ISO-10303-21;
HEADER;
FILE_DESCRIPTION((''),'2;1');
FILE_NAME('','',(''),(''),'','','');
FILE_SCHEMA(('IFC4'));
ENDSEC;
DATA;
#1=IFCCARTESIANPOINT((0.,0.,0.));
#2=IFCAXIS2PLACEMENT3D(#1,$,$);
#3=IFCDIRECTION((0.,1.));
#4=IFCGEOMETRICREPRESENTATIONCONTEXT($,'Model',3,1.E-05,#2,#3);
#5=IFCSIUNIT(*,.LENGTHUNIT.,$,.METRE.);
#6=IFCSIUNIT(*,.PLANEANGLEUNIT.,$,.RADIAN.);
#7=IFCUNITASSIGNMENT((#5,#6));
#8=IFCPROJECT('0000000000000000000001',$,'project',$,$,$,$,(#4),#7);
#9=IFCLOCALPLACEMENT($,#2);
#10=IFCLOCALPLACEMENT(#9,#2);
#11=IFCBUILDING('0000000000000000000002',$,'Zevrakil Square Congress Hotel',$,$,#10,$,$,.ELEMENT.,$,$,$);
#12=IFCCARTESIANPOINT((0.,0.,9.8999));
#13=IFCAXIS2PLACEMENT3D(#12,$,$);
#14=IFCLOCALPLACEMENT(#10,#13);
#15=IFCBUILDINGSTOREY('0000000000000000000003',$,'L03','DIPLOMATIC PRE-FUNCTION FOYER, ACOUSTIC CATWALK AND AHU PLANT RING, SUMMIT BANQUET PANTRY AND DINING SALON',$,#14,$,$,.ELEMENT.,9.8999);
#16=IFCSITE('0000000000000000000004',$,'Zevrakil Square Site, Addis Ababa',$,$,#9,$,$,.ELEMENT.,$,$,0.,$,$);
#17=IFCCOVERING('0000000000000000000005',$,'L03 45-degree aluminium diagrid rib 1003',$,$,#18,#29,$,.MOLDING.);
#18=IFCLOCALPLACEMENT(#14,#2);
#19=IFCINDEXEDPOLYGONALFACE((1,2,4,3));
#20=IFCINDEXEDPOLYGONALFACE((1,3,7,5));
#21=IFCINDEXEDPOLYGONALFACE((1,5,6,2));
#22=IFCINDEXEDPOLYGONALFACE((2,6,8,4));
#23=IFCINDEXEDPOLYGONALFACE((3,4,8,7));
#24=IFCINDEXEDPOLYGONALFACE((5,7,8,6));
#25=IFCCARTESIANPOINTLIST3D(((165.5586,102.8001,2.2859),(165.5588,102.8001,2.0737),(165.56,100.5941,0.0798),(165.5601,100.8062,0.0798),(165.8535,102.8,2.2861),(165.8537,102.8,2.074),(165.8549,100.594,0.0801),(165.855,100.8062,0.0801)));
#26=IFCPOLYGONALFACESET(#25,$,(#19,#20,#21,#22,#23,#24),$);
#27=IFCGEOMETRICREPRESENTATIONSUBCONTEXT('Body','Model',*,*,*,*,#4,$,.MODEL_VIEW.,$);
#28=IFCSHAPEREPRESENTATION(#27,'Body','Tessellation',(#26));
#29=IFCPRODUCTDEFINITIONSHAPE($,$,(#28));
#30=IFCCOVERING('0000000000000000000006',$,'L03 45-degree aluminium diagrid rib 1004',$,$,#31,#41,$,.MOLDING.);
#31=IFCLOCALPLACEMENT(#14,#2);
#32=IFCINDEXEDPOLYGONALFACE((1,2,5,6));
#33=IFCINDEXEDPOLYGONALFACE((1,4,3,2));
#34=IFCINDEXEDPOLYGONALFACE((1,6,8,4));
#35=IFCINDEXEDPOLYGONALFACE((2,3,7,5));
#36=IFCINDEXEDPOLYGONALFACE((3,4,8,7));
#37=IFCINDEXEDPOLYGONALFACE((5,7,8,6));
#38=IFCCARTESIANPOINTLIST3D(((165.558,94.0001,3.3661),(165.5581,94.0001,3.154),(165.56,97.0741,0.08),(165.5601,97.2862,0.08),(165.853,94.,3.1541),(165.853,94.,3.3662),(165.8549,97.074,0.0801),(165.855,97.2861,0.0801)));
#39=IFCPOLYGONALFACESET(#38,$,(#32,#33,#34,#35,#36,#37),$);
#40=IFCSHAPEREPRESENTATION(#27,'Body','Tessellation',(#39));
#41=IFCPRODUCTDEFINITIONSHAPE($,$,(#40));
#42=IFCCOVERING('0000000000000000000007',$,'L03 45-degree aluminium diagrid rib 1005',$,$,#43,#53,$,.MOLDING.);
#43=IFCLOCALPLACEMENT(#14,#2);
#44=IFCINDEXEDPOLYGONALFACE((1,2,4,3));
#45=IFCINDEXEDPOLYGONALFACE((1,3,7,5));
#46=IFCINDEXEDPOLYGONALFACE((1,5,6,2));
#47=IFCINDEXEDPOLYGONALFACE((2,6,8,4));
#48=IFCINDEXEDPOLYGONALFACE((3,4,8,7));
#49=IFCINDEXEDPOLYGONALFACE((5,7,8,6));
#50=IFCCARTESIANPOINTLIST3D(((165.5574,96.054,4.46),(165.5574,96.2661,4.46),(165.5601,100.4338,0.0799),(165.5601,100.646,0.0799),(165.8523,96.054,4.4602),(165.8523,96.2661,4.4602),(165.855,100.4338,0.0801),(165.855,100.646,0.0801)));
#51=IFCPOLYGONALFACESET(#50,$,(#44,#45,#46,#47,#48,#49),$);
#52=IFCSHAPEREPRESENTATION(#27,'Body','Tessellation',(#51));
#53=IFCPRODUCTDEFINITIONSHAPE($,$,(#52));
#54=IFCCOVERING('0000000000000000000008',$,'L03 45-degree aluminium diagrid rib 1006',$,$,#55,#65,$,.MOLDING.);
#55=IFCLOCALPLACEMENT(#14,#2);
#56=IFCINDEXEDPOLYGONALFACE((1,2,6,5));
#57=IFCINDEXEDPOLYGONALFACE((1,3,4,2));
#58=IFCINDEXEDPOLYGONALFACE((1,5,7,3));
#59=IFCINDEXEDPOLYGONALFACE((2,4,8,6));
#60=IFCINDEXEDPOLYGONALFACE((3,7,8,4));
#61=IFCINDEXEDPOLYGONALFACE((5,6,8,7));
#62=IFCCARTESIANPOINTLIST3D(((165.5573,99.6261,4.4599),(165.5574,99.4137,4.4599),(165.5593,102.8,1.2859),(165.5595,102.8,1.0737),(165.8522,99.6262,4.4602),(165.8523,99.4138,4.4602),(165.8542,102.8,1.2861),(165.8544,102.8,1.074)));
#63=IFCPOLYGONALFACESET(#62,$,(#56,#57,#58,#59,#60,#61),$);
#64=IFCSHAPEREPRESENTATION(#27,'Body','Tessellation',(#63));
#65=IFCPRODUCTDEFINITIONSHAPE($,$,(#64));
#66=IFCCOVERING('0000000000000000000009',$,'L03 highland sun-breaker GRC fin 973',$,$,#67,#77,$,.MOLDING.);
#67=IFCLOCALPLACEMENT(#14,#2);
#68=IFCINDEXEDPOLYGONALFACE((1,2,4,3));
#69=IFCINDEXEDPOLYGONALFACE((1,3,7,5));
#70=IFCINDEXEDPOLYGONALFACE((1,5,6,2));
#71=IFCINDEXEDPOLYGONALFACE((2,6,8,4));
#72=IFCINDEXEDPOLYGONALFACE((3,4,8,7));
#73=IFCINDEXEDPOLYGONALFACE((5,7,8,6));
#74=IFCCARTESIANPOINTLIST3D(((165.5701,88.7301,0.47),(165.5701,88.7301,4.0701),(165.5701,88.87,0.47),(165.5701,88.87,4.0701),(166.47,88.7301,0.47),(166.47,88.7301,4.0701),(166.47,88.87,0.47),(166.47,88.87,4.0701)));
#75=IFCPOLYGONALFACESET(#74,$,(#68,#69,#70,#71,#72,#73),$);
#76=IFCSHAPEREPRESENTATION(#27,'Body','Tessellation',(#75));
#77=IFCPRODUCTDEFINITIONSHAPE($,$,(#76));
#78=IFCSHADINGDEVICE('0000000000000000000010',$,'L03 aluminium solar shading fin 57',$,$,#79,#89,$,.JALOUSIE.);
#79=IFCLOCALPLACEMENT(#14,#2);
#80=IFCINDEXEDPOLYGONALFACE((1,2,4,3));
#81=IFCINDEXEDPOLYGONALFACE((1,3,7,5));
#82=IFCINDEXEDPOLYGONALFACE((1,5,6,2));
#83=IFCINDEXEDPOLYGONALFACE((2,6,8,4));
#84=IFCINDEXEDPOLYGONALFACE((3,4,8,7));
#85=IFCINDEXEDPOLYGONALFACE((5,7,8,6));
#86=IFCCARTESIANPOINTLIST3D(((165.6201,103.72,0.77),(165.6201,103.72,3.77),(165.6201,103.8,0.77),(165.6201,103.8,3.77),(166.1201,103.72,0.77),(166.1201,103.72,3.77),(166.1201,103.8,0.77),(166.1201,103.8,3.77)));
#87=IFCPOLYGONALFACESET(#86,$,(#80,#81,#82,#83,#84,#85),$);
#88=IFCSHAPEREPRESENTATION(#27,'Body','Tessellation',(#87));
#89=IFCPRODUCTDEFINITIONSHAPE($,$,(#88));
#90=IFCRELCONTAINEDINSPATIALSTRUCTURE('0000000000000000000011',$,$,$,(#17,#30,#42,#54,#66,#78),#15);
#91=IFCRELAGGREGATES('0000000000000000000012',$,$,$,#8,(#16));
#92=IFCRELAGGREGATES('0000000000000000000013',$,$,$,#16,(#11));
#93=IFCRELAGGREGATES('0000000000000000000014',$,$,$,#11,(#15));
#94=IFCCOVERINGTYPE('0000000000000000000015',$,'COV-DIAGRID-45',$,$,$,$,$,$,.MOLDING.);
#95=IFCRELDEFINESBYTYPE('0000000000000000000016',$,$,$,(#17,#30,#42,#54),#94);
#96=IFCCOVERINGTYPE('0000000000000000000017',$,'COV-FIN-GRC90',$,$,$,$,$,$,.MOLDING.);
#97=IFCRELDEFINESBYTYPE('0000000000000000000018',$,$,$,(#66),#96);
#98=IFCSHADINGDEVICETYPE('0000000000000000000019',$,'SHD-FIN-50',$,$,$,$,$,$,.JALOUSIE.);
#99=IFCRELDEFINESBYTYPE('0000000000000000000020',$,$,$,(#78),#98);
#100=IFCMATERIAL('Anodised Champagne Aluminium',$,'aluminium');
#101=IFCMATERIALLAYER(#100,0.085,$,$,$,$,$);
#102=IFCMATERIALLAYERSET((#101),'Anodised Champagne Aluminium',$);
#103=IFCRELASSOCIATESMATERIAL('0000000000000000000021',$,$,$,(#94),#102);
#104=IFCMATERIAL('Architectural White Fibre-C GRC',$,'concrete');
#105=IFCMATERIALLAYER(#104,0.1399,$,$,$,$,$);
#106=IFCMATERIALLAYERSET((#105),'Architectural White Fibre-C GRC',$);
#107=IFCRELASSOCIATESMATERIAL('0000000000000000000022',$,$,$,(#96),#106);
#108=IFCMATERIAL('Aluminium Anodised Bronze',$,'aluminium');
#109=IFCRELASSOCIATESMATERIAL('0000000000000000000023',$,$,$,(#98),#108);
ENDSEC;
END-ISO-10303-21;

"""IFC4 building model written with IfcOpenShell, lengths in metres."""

from ifc_helpers import new_model, si_unit, direction, frame, origin, origin_2d, place, context, subcontext, project, spatial, polyline, rectangle, outline, extrude, material, layer, layer_set, type_object, element, save


model = new_model("IFC4")

# Units and contexts
model_context = context("Model", 3, precision=1e-05, world=origin(), true_north=direction((0.0, 1.0)))
body_context = subcontext(model_context, "Body", "Model", "MODEL_VIEW")
ifc_project = project(units=[si_unit("LENGTHUNIT", "METRE"), si_unit("PLANEANGLEUNIT", "RADIAN")], contexts=[model_context])

# Site, building, storey
site_placement = place(None, origin())
site = spatial("IfcSite", under=ifc_project, at=site_placement, Name="Zevrakil Square Site, Addis Ababa", CompositionType="ELEMENT", RefElevation=0.0)
building_placement = place(site_placement, origin())
building = spatial("IfcBuilding", under=site, at=building_placement, Name="Zevrakil Square Congress Hotel", CompositionType="ELEMENT")
storey_placement = place(building_placement, frame((0.0, 0.0, 9.8999)))
storey = spatial("IfcBuildingStorey", under=building, at=storey_placement, Name="L03", Description="DIPLOMATIC PRE-FUNCTION FOYER, ACOUSTIC CATWALK AND AHU PLANT RING, SUMMIT BANQUET PANTRY AND DINING SALON", CompositionType="ELEMENT", Elevation=9.8999)

# Coverings
ifc_material_1 = material(Name="Anodised Champagne Aluminium", Category="aluminium")
ifc_layer_1 = layer(ifc_material_1, 0.085)
ifc_layer_set_1 = layer_set([ifc_layer_1], Name="Anodised Champagne Aluminium")
covering_type_1 = type_object("IfcCoveringType", Name="COV-DIAGRID-45", PredefinedType="MOLDING", material=ifc_layer_set_1)
covering_1_placement = place(storey_placement, frame((165.855, 100.8062, 0.0801), z_axis=(1.0, -0.000256, 0.000895), x_axis=(-0.000256, -1.0, 0.0)))
element("IfcCovering", 1, at=covering_1_placement, inside=storey, type_object=covering_type_1, Name="L03 45-degree aluminium diagrid rib 1003", PredefinedType="MOLDING", context=body_context, shape_type="SweptSolid", body=[
    extrude(outline(polyline([(0.0, 0.0), (0.2122, 0.0), (-1.9939, -2.2061), (-1.9939, -1.9939), (0.0, 0.0)])), origin(), (0.0, 0.0, -1.0), 0.2949),
])
covering_2_placement = place(storey_placement, frame((165.853, 94.0, 3.1541), z_axis=(1.0, -0.000307, 0.000307), x_axis=(-0.000307, 0.0, 1.0)))
element("IfcCovering", 2, at=covering_2_placement, inside=storey, type_object=covering_type_1, Name="L03 45-degree aluminium diagrid rib 1004", PredefinedType="MOLDING", context=body_context, shape_type="SweptSolid", body=[
    extrude(outline(polyline([(0.0, 0.0), (0.2122, 0.0), (-3.074, -3.2861), (-3.074, -3.074), (0.0, 0.0)])), origin(), (0.0, 0.0, -1.0), 0.2949),
])
covering_3_placement = place(storey_placement, frame((165.8523, 96.054, 4.4602), z_axis=(1.0, 0.0, 0.000613), x_axis=(0.0, 1.0, 0.0)))
element("IfcCovering", 3, at=covering_3_placement, inside=storey, type_object=covering_type_1, Name="L03 45-degree aluminium diagrid rib 1005", PredefinedType="MOLDING", context=body_context, shape_type="SweptSolid", body=[
    extrude(outline(polyline([(0.0, 0.0), (0.2122, 0.0), (4.592, -4.3801), (4.3799, -4.3801), (0.0, 0.0)])), origin(), (0.0, 0.0, -1.0), 0.2949),
])
covering_4_placement = place(storey_placement, frame((165.8523, 99.4138, 4.4602), z_axis=(1.0, 0.000259, 0.000892), x_axis=(-0.000259, 1.0, 0.0)))
element("IfcCovering", 4, at=covering_4_placement, inside=storey, type_object=covering_type_1, Name="L03 45-degree aluminium diagrid rib 1006", PredefinedType="MOLDING", context=body_context, shape_type="SweptSolid", body=[
    extrude(outline(polyline([(0.0, 0.0), (0.2124, 0.0), (3.3862, -3.1741), (3.3862, -3.3862), (0.0, 0.0)])), origin(), (0.0, 0.0, -1.0), 0.2949),
])
ifc_material_2 = material(Name="Architectural White Fibre-C GRC", Category="concrete")
ifc_layer_2 = layer(ifc_material_2, 0.1399)
ifc_layer_set_2 = layer_set([ifc_layer_2], Name="Architectural White Fibre-C GRC")
covering_type_2 = type_object("IfcCoveringType", Name="COV-FIN-GRC90", PredefinedType="MOLDING", material=ifc_layer_set_2)
covering_5_placement = place(storey_placement, frame((166.02, 88.8, 0.47), z_axis=(0.0, 0.0, 1.0), x_axis=(1.0, 0.0, 0.0)))
element("IfcCovering", 5, at=covering_5_placement, inside=storey, type_object=covering_type_2, Name="L03 highland sun-breaker GRC fin 973", PredefinedType="MOLDING", context=body_context, shape_type="SweptSolid", body=[
    extrude(rectangle(XDim=0.8999, YDim=0.1399, at=origin_2d()), origin(), (0.0, 0.0, 1.0), 3.6001),
])

# Shading device
ifc_material_3 = material(Name="Aluminium Anodised Bronze", Category="aluminium")
shading_device_type = type_object("IfcShadingDeviceType", Name="SHD-FIN-50", PredefinedType="JALOUSIE", material=ifc_material_3)
shading_device_placement = place(storey_placement, frame((165.8701, 103.76, 0.77), z_axis=(0.0, 0.0, 1.0), x_axis=(1.0, 0.0, 0.0)))
element("IfcShadingDevice", 6, at=shading_device_placement, inside=storey, type_object=shading_device_type, Name="L03 aluminium solar shading fin 57", PredefinedType="JALOUSIE", context=body_context, shape_type="SweptSolid", body=[
    extrude(rectangle(XDim=0.5, YDim=0.0801, at=origin_2d()), origin(), (0.0, 0.0, 1.0), 3.0),
])

save(model, "model.ifc")
